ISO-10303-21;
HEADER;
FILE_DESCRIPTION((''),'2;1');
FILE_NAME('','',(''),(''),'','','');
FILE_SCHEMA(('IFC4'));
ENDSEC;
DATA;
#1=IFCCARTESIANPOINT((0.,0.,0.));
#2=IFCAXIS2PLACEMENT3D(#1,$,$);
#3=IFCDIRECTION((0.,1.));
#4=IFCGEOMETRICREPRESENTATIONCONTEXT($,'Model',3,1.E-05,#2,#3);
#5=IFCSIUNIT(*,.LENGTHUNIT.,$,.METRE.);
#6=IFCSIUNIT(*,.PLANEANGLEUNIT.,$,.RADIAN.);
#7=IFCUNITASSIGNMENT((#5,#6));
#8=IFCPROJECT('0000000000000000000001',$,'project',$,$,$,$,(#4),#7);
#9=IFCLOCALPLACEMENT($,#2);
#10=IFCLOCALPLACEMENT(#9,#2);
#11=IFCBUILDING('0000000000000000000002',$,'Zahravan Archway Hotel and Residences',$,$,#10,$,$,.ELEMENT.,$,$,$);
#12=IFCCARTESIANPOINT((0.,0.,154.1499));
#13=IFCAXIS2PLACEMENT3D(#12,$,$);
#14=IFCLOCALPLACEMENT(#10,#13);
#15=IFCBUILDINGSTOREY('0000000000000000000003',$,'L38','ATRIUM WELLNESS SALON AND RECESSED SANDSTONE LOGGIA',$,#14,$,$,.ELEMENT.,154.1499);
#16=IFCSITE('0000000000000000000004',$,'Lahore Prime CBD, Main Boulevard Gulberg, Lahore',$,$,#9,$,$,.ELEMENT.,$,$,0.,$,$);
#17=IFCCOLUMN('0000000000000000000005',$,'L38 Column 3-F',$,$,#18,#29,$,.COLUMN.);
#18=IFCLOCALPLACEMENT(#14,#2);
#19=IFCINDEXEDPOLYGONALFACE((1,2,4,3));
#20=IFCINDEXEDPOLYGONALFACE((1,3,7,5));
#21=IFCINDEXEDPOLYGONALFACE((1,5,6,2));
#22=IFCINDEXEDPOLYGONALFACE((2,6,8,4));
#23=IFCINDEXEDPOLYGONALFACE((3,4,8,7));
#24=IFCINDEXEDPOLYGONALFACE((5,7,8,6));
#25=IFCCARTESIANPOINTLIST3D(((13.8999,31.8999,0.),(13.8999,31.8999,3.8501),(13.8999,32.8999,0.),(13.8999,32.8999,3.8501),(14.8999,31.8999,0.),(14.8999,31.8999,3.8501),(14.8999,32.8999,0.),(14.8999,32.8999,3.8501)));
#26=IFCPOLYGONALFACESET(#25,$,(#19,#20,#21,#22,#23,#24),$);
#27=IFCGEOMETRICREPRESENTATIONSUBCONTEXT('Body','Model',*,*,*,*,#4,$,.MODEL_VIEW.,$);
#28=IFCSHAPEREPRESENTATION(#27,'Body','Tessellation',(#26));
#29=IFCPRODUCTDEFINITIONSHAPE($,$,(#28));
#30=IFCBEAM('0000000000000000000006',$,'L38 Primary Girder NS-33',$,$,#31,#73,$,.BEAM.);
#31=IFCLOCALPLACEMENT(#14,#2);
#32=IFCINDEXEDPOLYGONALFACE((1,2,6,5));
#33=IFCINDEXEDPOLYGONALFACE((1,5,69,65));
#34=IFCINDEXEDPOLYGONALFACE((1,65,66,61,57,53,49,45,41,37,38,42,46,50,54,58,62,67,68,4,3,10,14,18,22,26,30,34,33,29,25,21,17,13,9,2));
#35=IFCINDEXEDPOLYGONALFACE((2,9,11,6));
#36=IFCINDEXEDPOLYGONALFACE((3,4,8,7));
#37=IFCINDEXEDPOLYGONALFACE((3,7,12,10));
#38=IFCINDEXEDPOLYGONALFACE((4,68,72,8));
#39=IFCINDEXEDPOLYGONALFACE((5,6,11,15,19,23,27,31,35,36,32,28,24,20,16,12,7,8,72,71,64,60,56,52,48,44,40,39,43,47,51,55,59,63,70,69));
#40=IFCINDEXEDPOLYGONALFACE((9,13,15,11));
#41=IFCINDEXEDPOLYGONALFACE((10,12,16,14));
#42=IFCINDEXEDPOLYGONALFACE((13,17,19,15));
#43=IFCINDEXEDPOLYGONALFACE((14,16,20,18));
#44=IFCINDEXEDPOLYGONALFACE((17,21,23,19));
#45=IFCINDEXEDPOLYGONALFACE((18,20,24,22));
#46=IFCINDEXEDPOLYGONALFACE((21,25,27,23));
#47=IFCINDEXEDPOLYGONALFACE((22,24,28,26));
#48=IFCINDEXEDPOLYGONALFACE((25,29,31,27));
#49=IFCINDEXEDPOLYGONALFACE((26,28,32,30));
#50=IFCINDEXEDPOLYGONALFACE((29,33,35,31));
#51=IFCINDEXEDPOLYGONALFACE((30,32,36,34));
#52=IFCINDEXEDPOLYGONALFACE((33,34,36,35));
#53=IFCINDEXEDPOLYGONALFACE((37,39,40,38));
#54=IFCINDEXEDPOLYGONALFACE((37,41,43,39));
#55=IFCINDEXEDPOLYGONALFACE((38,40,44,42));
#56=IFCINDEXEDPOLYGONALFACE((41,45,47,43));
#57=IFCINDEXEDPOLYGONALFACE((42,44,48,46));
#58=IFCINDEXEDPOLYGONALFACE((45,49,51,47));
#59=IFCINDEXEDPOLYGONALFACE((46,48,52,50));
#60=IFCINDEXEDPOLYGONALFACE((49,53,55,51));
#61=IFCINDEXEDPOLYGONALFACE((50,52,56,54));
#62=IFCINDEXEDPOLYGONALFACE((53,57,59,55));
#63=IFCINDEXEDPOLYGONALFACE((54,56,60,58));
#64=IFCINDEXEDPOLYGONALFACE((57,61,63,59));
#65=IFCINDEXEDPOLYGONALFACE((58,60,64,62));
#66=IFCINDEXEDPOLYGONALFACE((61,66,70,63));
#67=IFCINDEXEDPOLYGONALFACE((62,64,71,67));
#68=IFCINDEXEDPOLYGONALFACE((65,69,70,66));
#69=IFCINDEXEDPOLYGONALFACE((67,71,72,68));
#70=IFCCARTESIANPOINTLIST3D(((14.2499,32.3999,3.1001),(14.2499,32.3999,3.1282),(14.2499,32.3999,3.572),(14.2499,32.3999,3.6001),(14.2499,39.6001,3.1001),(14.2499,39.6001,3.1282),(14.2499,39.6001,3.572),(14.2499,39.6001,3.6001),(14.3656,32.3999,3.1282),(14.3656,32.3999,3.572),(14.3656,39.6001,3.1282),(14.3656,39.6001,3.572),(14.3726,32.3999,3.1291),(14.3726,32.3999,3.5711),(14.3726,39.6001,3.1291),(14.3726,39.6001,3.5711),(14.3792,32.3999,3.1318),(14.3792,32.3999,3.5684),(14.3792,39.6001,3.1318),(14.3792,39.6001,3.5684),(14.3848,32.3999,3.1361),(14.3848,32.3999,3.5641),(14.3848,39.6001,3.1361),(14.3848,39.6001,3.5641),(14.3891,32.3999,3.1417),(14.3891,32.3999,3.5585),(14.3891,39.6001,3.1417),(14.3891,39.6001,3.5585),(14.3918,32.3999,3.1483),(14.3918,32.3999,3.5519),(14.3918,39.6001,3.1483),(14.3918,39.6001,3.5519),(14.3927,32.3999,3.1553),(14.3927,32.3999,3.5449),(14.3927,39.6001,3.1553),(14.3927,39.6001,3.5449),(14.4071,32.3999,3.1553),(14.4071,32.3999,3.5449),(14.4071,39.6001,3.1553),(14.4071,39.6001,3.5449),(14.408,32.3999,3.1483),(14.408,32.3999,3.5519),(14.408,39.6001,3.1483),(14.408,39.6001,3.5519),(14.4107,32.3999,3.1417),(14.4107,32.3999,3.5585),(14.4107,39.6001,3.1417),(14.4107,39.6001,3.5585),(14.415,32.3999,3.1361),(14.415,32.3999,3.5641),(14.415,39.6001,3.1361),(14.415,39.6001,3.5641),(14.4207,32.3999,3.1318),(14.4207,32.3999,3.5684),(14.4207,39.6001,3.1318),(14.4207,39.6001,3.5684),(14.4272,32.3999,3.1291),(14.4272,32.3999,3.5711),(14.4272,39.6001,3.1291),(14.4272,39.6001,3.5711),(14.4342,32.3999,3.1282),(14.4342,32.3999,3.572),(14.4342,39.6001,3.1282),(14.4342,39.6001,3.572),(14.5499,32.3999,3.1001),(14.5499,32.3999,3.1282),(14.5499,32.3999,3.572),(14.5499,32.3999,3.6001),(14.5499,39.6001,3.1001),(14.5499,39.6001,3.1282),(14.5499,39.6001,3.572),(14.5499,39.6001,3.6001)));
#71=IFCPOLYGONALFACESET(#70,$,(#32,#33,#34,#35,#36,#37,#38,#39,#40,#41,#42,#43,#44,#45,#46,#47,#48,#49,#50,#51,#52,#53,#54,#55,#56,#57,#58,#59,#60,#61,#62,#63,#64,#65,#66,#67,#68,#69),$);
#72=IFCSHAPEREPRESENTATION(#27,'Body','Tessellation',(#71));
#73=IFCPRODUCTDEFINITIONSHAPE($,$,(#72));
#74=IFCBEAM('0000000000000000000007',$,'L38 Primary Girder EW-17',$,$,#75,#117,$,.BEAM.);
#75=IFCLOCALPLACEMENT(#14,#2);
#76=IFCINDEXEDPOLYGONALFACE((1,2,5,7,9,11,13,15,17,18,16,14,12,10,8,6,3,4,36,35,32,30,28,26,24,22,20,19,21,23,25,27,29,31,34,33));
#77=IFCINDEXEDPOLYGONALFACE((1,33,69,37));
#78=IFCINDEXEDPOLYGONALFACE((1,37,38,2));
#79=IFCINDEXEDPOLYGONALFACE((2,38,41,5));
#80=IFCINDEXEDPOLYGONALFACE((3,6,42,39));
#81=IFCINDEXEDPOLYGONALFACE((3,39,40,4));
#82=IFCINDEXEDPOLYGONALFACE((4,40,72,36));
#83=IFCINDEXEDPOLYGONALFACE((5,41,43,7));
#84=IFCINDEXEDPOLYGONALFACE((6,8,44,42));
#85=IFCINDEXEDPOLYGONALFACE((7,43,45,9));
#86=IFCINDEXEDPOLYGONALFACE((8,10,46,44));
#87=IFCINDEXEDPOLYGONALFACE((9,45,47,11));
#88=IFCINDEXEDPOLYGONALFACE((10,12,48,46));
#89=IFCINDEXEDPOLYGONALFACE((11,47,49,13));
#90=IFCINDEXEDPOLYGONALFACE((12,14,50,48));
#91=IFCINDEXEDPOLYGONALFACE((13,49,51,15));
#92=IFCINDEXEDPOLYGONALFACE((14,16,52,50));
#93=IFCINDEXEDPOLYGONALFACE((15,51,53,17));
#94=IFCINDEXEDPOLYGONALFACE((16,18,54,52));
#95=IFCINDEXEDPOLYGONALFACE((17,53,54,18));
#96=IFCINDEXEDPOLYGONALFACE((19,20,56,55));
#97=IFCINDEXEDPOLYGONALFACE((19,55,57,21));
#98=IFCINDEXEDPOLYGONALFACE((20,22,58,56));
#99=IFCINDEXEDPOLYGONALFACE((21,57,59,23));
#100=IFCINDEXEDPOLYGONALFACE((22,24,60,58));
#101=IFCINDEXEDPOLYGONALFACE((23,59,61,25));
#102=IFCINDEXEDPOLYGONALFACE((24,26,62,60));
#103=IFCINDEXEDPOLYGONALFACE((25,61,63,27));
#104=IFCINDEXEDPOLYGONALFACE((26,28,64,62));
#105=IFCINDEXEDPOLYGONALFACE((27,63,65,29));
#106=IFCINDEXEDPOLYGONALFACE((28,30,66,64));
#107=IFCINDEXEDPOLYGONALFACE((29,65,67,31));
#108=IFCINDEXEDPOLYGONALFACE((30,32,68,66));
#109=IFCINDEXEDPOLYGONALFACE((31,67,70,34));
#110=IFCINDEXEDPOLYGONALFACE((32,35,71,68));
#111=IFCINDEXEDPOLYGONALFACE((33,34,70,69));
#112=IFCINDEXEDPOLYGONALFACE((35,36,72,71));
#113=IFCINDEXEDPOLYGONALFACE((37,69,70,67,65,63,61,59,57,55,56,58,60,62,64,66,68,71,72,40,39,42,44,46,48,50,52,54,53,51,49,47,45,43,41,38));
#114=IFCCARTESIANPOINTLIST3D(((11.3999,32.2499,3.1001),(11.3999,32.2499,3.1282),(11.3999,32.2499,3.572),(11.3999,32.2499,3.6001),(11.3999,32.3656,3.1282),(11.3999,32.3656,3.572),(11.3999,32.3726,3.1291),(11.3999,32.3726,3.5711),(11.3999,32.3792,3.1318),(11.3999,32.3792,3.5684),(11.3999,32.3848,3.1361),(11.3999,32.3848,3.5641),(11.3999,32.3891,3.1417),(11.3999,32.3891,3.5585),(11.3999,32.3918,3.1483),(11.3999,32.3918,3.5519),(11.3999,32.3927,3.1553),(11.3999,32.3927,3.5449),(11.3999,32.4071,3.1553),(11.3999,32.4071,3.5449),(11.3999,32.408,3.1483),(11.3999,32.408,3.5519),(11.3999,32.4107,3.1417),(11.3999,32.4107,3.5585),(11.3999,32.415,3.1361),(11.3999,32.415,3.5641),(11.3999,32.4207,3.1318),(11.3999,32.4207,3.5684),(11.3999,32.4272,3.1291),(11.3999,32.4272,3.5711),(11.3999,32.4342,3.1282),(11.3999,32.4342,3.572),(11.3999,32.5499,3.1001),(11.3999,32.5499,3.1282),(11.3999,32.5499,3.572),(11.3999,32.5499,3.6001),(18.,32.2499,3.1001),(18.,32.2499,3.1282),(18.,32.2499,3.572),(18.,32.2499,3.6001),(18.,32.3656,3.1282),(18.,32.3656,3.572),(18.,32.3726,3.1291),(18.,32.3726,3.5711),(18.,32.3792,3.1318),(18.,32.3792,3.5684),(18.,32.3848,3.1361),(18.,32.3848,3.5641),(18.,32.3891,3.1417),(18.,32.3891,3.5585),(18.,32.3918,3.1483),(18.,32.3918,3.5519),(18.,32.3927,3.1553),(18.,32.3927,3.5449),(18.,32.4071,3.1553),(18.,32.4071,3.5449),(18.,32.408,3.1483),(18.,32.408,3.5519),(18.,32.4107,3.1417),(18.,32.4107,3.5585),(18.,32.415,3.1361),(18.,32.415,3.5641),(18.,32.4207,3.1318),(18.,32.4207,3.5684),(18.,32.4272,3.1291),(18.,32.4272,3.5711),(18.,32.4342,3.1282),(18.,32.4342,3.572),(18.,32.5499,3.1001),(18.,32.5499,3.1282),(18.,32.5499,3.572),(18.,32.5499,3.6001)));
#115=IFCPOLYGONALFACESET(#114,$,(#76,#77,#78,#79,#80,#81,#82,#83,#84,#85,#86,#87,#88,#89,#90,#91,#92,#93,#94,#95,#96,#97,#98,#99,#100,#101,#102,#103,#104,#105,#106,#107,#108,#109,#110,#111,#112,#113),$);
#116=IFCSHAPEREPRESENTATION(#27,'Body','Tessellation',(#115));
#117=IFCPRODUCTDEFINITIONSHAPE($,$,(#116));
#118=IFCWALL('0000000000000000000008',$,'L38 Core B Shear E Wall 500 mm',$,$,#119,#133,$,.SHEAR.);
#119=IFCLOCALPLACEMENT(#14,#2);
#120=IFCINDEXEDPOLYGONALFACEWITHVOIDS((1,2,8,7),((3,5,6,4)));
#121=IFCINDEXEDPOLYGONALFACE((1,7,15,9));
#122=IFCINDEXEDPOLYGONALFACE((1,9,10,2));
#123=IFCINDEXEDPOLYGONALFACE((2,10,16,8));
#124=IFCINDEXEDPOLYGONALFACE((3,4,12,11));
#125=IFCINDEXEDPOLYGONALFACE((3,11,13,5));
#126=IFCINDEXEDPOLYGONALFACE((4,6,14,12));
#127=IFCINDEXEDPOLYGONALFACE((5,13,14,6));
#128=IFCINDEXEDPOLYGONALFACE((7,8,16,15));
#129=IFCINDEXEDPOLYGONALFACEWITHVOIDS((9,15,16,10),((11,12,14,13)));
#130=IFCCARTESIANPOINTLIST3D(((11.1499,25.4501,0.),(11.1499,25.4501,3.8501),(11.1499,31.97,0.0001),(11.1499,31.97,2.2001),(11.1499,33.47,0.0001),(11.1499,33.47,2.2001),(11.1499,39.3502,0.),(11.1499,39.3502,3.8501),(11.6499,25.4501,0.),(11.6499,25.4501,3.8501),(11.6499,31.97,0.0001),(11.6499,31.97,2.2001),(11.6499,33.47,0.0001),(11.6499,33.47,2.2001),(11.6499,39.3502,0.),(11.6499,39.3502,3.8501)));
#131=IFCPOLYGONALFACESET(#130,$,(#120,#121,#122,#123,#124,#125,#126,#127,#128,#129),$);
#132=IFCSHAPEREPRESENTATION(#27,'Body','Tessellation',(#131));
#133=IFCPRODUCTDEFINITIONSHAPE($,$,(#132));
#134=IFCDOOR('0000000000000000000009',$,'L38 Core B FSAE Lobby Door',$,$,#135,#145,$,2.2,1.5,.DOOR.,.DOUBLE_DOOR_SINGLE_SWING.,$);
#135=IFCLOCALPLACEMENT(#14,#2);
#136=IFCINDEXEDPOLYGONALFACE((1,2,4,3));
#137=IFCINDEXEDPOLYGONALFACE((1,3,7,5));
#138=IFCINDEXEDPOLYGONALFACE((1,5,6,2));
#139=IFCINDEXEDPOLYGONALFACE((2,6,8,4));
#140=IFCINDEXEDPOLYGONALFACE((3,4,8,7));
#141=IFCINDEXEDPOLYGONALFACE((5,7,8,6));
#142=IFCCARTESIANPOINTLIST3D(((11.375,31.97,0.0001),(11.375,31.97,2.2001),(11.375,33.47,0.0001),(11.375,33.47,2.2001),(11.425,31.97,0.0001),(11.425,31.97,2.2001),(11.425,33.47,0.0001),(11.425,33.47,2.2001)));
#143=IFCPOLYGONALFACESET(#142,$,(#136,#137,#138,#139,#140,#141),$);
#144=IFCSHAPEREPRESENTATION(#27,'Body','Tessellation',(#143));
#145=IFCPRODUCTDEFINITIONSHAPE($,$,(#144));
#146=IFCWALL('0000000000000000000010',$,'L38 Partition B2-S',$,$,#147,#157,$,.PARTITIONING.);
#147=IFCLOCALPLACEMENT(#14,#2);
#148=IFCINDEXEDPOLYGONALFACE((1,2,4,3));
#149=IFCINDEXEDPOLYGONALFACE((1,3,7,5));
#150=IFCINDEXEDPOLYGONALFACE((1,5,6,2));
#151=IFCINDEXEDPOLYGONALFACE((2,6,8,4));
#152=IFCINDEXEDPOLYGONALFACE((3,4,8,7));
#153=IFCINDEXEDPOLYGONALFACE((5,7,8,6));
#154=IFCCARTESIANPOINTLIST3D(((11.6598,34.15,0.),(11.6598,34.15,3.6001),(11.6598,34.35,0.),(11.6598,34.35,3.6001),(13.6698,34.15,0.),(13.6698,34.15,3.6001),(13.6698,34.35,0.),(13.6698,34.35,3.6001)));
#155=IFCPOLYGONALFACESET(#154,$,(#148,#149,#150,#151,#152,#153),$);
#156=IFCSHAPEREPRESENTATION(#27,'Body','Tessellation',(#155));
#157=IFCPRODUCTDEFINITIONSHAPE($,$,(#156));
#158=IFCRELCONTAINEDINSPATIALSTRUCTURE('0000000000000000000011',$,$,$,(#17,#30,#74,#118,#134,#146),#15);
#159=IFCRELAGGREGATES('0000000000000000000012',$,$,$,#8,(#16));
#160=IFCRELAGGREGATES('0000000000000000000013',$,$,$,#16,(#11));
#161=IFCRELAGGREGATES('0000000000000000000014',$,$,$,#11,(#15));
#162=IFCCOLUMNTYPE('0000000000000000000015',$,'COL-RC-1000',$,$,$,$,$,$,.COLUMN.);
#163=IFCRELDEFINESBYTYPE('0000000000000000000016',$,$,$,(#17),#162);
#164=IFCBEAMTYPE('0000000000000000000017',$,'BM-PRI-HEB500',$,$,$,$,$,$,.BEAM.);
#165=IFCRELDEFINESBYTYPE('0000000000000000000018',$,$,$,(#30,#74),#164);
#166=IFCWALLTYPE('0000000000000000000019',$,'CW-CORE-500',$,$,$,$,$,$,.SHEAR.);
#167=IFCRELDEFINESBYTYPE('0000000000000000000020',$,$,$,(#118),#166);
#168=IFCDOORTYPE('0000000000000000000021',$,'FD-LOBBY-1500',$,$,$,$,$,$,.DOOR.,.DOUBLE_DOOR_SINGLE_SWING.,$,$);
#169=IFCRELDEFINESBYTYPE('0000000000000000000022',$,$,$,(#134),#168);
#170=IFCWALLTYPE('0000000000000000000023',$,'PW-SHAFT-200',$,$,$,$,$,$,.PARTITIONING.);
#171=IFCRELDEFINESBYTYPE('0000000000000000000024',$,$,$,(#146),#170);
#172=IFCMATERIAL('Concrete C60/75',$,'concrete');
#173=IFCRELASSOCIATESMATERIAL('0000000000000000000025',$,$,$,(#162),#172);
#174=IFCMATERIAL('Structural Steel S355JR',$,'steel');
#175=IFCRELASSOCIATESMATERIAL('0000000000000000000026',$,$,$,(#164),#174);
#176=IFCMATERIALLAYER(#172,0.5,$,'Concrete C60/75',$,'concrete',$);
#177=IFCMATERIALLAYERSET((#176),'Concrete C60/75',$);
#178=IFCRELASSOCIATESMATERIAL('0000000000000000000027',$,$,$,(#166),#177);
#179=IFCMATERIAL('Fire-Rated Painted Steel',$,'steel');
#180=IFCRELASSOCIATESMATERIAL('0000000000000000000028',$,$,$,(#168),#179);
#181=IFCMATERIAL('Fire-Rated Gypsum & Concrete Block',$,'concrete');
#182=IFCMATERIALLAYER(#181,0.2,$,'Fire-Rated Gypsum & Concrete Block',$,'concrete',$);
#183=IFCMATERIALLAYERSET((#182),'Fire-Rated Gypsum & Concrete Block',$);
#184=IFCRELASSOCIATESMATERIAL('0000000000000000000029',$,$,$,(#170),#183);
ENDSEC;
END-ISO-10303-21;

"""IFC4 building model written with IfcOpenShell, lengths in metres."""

from ifc_helpers import new_model, si_unit, direction, frame, frame_2d, origin, origin_2d, place, context, subcontext, project, spatial, rectangle, i_section, extrude, source, transform, mapped, material, layer, layer_set, material_profile, profile_set, type_object, type_shapes, element, fill, save


model = new_model("IFC4")

# Units and contexts
model_context = context("Model", 3, precision=1e-05, world=origin(), true_north=direction((0.0, 1.0)))
body_context = subcontext(model_context, "Body", "Model", "MODEL_VIEW")
ifc_project = project(units=[si_unit("LENGTHUNIT", "METRE"), si_unit("PLANEANGLEUNIT", "RADIAN")], contexts=[model_context])

# Site, building, storey
site_placement = place(None, origin())
site = spatial("IfcSite", under=ifc_project, at=site_placement, Name="Lahore Prime CBD, Main Boulevard Gulberg, Lahore", CompositionType="ELEMENT", RefElevation=0.0)
building_placement = place(site_placement, origin())
building = spatial("IfcBuilding", under=site, at=building_placement, Name="Zahravan Archway Hotel and Residences", CompositionType="ELEMENT")
storey_placement = place(building_placement, frame((0.0, 0.0, 154.1499)))
storey = spatial("IfcBuildingStorey", under=building, at=storey_placement, Name="L38", Description="ATRIUM WELLNESS SALON AND RECESSED SANDSTONE LOGGIA", CompositionType="ELEMENT", Elevation=154.1499)

# Column
ifc_material_1 = material(Name="Concrete C60/75", Category="concrete")
ifc_material_profile_1 = material_profile(ifc_material_1, rectangle(XDim=1.0, YDim=1.0, at=origin_2d()), Name="RC-COL-1000x1000", Category="concrete")
ifc_profile_set_1 = profile_set([ifc_material_profile_1], Name="Concrete C60/75")
column_type = type_object("IfcColumnType", Name="COL-RC-1000", PredefinedType="COLUMN", material=ifc_profile_set_1)
shared_shape_1 = source(origin(), body_context, "Body", "SweptSolid", [
    extrude(rectangle(XDim=1.0, YDim=1.0, at=origin_2d()), origin(), (0.0, 0.0, 1.0), 3.8501),
])
column_placement = place(storey_placement, frame((14.3999, 32.3999, 0.0), z_axis=(0.0, 0.0, 1.0), x_axis=(1.0, 0.0, 0.0)))
element("IfcColumn", 1, at=column_placement, inside=storey, type_object=column_type, Name="L38 Column 3-F", PredefinedType="COLUMN", context=body_context, shape_type="MappedRepresentation", body=[
    mapped(shared_shape_1, transform((0.0, 0.0, 0.0), scale=1.0)),
])

# Beams
ifc_material_2 = material(Name="Structural Steel S355JR", Category="steel")
ifc_material_profile_2 = material_profile(ifc_material_2, i_section(OverallWidth=0.3, OverallDepth=0.5, WebThickness=0.0144, FlangeThickness=0.0281, FilletRadius=0.0271, at=origin_2d()), Name="HEB 500", Category="steel")
ifc_profile_set_2 = profile_set([ifc_material_profile_2], Name="Structural Steel S355JR")
beam_type = type_object("IfcBeamType", Name="BM-PRI-HEB500", PredefinedType="BEAM", material=ifc_profile_set_2)
shared_shape_2 = source(origin(), body_context, "Body", "SweptSolid", [
    extrude(i_section(OverallWidth=0.3, OverallDepth=0.5, WebThickness=0.0144, FlangeThickness=0.0281, FilletRadius=0.0271, at=origin_2d()), origin(), (0.0, 0.0, 1.0), 7.2002),
])
type_shapes(beam_type, [shared_shape_2])
beam_1_placement = place(storey_placement, frame((14.3999, 32.3999, 3.3501), z_axis=(0.0, 1.0, 0.0), x_axis=(-1.0, 0.0, 0.0)))
element("IfcBeam", 2, at=beam_1_placement, inside=storey, type_object=beam_type, Name="L38 Primary Girder NS-33", PredefinedType="BEAM", context=body_context, shape_type="MappedRepresentation", body=[
    mapped(shared_shape_2, transform((0.0, 0.0, 0.0), scale=1.0)),
])
shared_shape_3 = source(origin(), body_context, "Body", "SweptSolid", [
    extrude(i_section(OverallWidth=0.3, OverallDepth=0.5, WebThickness=0.0144, FlangeThickness=0.0281, FilletRadius=0.0271, at=origin_2d()), origin(), (0.0, 0.0, 1.0), 6.6001),
])
beam_2_placement = place(storey_placement, frame((11.3999, 32.3999, 3.3501), z_axis=(1.0, 0.0, 0.0), x_axis=(0.0, 1.0, 0.0)))
element("IfcBeam", 3, at=beam_2_placement, inside=storey, type_object=beam_type, Name="L38 Primary Girder EW-17", PredefinedType="BEAM", context=body_context, shape_type="MappedRepresentation", body=[
    mapped(shared_shape_3, transform((0.0, 0.0, 0.0), scale=1.0)),
])

# Wall, opening, door
ifc_layer_1 = layer(ifc_material_1, 0.5, Name="Concrete C60/75", Category="concrete")
ifc_layer_set_1 = layer_set([ifc_layer_1], Name="Concrete C60/75")
wall_type_1 = type_object("IfcWallType", Name="CW-CORE-500", PredefinedType="SHEAR", material=ifc_layer_set_1)
wall_1_placement = place(storey_placement, frame((11.3999, 25.45, 0.0), z_axis=(0.0, 0.0, 1.0), x_axis=(0.0, 1.0, 0.0)))
wall_1 = element("IfcWall", 4, at=wall_1_placement, inside=storey, type_object=wall_type_1, Name="L38 Core B Shear E Wall 500 mm", PredefinedType="SHEAR", context=body_context, shape_type="SweptSolid", body=[
    extrude(rectangle(XDim=13.9001, YDim=0.5, at=frame_2d((6.9502, 0.0))), origin(), (0.0, 0.0, 1.0), 3.8501),
])
opening_1_placement = place(wall_1_placement, frame((6.52, 0.0, 0.0)))
opening_1 = element("IfcOpeningElement", 5, at=opening_1_placement, cuts=wall_1, PredefinedType="OPENING", context=body_context, shape_type="SweptSolid", body=[
    extrude(rectangle(XDim=1.5, YDim=2.2, at=frame_2d((0.75, 1.1001))), frame((0.0, 0.26, 0.0), z_axis=(0.0, -1.0, 0.0), x_axis=(1.0, 0.0, 0.0)), (0.0, 0.0, 1.0), 0.52),
])
ifc_material_3 = material(Name="Fire-Rated Painted Steel", Category="steel")
door_type_1 = type_object("IfcDoorType", Name="FD-LOBBY-1500", OperationType="DOUBLE_DOOR_SINGLE_SWING", PredefinedType="DOOR", material=ifc_material_3)
shared_shape_4 = source(origin(), body_context, "Body", "SweptSolid", [
    extrude(rectangle(XDim=1.5, YDim=2.2, at=frame_2d((0.75, 1.1001))), frame((0.0, 0.0249, 0.0), z_axis=(0.0, -1.0, 0.0), x_axis=(1.0, 0.0, 0.0)), (0.0, 0.0, 1.0), 0.05),
])
type_shapes(door_type_1, [shared_shape_4])
door_1_placement = place(opening_1_placement, origin())
door_1 = element("IfcDoor", 6, at=door_1_placement, inside=storey, type_object=door_type_1, Name="L38 Core B FSAE Lobby Door", OperationType="DOUBLE_DOOR_SINGLE_SWING", OverallHeight=2.2, OverallWidth=1.5, PredefinedType="DOOR", context=body_context, shape_type="MappedRepresentation", body=[
    mapped(shared_shape_4, transform((0.0, 0.0, 0.0), scale=1.0)),
])
fill(opening_1, door_1)

# Wall
ifc_material_4 = material(Name="Fire-Rated Gypsum & Concrete Block", Category="concrete")
ifc_layer_2 = layer(ifc_material_4, 0.2, Name="Fire-Rated Gypsum & Concrete Block", Category="concrete")
ifc_layer_set_2 = layer_set([ifc_layer_2], Name="Fire-Rated Gypsum & Concrete Block")
wall_type_2 = type_object("IfcWallType", Name="PW-SHAFT-200", PredefinedType="PARTITIONING", material=ifc_layer_set_2)
wall_2_placement = place(storey_placement, frame((11.6599, 34.25, 0.0), z_axis=(0.0, 0.0, 1.0), x_axis=(1.0, 0.0, 0.0)))
element("IfcWall", 7, at=wall_2_placement, inside=storey, type_object=wall_type_2, Name="L38 Partition B2-S", PredefinedType="PARTITIONING", context=body_context, shape_type="SweptSolid", body=[
    extrude(rectangle(XDim=2.01, YDim=0.2, at=frame_2d((1.0049, 0.0))), origin(), (0.0, 0.0, 1.0), 3.6001),
])

save(model, "model.ifc")
